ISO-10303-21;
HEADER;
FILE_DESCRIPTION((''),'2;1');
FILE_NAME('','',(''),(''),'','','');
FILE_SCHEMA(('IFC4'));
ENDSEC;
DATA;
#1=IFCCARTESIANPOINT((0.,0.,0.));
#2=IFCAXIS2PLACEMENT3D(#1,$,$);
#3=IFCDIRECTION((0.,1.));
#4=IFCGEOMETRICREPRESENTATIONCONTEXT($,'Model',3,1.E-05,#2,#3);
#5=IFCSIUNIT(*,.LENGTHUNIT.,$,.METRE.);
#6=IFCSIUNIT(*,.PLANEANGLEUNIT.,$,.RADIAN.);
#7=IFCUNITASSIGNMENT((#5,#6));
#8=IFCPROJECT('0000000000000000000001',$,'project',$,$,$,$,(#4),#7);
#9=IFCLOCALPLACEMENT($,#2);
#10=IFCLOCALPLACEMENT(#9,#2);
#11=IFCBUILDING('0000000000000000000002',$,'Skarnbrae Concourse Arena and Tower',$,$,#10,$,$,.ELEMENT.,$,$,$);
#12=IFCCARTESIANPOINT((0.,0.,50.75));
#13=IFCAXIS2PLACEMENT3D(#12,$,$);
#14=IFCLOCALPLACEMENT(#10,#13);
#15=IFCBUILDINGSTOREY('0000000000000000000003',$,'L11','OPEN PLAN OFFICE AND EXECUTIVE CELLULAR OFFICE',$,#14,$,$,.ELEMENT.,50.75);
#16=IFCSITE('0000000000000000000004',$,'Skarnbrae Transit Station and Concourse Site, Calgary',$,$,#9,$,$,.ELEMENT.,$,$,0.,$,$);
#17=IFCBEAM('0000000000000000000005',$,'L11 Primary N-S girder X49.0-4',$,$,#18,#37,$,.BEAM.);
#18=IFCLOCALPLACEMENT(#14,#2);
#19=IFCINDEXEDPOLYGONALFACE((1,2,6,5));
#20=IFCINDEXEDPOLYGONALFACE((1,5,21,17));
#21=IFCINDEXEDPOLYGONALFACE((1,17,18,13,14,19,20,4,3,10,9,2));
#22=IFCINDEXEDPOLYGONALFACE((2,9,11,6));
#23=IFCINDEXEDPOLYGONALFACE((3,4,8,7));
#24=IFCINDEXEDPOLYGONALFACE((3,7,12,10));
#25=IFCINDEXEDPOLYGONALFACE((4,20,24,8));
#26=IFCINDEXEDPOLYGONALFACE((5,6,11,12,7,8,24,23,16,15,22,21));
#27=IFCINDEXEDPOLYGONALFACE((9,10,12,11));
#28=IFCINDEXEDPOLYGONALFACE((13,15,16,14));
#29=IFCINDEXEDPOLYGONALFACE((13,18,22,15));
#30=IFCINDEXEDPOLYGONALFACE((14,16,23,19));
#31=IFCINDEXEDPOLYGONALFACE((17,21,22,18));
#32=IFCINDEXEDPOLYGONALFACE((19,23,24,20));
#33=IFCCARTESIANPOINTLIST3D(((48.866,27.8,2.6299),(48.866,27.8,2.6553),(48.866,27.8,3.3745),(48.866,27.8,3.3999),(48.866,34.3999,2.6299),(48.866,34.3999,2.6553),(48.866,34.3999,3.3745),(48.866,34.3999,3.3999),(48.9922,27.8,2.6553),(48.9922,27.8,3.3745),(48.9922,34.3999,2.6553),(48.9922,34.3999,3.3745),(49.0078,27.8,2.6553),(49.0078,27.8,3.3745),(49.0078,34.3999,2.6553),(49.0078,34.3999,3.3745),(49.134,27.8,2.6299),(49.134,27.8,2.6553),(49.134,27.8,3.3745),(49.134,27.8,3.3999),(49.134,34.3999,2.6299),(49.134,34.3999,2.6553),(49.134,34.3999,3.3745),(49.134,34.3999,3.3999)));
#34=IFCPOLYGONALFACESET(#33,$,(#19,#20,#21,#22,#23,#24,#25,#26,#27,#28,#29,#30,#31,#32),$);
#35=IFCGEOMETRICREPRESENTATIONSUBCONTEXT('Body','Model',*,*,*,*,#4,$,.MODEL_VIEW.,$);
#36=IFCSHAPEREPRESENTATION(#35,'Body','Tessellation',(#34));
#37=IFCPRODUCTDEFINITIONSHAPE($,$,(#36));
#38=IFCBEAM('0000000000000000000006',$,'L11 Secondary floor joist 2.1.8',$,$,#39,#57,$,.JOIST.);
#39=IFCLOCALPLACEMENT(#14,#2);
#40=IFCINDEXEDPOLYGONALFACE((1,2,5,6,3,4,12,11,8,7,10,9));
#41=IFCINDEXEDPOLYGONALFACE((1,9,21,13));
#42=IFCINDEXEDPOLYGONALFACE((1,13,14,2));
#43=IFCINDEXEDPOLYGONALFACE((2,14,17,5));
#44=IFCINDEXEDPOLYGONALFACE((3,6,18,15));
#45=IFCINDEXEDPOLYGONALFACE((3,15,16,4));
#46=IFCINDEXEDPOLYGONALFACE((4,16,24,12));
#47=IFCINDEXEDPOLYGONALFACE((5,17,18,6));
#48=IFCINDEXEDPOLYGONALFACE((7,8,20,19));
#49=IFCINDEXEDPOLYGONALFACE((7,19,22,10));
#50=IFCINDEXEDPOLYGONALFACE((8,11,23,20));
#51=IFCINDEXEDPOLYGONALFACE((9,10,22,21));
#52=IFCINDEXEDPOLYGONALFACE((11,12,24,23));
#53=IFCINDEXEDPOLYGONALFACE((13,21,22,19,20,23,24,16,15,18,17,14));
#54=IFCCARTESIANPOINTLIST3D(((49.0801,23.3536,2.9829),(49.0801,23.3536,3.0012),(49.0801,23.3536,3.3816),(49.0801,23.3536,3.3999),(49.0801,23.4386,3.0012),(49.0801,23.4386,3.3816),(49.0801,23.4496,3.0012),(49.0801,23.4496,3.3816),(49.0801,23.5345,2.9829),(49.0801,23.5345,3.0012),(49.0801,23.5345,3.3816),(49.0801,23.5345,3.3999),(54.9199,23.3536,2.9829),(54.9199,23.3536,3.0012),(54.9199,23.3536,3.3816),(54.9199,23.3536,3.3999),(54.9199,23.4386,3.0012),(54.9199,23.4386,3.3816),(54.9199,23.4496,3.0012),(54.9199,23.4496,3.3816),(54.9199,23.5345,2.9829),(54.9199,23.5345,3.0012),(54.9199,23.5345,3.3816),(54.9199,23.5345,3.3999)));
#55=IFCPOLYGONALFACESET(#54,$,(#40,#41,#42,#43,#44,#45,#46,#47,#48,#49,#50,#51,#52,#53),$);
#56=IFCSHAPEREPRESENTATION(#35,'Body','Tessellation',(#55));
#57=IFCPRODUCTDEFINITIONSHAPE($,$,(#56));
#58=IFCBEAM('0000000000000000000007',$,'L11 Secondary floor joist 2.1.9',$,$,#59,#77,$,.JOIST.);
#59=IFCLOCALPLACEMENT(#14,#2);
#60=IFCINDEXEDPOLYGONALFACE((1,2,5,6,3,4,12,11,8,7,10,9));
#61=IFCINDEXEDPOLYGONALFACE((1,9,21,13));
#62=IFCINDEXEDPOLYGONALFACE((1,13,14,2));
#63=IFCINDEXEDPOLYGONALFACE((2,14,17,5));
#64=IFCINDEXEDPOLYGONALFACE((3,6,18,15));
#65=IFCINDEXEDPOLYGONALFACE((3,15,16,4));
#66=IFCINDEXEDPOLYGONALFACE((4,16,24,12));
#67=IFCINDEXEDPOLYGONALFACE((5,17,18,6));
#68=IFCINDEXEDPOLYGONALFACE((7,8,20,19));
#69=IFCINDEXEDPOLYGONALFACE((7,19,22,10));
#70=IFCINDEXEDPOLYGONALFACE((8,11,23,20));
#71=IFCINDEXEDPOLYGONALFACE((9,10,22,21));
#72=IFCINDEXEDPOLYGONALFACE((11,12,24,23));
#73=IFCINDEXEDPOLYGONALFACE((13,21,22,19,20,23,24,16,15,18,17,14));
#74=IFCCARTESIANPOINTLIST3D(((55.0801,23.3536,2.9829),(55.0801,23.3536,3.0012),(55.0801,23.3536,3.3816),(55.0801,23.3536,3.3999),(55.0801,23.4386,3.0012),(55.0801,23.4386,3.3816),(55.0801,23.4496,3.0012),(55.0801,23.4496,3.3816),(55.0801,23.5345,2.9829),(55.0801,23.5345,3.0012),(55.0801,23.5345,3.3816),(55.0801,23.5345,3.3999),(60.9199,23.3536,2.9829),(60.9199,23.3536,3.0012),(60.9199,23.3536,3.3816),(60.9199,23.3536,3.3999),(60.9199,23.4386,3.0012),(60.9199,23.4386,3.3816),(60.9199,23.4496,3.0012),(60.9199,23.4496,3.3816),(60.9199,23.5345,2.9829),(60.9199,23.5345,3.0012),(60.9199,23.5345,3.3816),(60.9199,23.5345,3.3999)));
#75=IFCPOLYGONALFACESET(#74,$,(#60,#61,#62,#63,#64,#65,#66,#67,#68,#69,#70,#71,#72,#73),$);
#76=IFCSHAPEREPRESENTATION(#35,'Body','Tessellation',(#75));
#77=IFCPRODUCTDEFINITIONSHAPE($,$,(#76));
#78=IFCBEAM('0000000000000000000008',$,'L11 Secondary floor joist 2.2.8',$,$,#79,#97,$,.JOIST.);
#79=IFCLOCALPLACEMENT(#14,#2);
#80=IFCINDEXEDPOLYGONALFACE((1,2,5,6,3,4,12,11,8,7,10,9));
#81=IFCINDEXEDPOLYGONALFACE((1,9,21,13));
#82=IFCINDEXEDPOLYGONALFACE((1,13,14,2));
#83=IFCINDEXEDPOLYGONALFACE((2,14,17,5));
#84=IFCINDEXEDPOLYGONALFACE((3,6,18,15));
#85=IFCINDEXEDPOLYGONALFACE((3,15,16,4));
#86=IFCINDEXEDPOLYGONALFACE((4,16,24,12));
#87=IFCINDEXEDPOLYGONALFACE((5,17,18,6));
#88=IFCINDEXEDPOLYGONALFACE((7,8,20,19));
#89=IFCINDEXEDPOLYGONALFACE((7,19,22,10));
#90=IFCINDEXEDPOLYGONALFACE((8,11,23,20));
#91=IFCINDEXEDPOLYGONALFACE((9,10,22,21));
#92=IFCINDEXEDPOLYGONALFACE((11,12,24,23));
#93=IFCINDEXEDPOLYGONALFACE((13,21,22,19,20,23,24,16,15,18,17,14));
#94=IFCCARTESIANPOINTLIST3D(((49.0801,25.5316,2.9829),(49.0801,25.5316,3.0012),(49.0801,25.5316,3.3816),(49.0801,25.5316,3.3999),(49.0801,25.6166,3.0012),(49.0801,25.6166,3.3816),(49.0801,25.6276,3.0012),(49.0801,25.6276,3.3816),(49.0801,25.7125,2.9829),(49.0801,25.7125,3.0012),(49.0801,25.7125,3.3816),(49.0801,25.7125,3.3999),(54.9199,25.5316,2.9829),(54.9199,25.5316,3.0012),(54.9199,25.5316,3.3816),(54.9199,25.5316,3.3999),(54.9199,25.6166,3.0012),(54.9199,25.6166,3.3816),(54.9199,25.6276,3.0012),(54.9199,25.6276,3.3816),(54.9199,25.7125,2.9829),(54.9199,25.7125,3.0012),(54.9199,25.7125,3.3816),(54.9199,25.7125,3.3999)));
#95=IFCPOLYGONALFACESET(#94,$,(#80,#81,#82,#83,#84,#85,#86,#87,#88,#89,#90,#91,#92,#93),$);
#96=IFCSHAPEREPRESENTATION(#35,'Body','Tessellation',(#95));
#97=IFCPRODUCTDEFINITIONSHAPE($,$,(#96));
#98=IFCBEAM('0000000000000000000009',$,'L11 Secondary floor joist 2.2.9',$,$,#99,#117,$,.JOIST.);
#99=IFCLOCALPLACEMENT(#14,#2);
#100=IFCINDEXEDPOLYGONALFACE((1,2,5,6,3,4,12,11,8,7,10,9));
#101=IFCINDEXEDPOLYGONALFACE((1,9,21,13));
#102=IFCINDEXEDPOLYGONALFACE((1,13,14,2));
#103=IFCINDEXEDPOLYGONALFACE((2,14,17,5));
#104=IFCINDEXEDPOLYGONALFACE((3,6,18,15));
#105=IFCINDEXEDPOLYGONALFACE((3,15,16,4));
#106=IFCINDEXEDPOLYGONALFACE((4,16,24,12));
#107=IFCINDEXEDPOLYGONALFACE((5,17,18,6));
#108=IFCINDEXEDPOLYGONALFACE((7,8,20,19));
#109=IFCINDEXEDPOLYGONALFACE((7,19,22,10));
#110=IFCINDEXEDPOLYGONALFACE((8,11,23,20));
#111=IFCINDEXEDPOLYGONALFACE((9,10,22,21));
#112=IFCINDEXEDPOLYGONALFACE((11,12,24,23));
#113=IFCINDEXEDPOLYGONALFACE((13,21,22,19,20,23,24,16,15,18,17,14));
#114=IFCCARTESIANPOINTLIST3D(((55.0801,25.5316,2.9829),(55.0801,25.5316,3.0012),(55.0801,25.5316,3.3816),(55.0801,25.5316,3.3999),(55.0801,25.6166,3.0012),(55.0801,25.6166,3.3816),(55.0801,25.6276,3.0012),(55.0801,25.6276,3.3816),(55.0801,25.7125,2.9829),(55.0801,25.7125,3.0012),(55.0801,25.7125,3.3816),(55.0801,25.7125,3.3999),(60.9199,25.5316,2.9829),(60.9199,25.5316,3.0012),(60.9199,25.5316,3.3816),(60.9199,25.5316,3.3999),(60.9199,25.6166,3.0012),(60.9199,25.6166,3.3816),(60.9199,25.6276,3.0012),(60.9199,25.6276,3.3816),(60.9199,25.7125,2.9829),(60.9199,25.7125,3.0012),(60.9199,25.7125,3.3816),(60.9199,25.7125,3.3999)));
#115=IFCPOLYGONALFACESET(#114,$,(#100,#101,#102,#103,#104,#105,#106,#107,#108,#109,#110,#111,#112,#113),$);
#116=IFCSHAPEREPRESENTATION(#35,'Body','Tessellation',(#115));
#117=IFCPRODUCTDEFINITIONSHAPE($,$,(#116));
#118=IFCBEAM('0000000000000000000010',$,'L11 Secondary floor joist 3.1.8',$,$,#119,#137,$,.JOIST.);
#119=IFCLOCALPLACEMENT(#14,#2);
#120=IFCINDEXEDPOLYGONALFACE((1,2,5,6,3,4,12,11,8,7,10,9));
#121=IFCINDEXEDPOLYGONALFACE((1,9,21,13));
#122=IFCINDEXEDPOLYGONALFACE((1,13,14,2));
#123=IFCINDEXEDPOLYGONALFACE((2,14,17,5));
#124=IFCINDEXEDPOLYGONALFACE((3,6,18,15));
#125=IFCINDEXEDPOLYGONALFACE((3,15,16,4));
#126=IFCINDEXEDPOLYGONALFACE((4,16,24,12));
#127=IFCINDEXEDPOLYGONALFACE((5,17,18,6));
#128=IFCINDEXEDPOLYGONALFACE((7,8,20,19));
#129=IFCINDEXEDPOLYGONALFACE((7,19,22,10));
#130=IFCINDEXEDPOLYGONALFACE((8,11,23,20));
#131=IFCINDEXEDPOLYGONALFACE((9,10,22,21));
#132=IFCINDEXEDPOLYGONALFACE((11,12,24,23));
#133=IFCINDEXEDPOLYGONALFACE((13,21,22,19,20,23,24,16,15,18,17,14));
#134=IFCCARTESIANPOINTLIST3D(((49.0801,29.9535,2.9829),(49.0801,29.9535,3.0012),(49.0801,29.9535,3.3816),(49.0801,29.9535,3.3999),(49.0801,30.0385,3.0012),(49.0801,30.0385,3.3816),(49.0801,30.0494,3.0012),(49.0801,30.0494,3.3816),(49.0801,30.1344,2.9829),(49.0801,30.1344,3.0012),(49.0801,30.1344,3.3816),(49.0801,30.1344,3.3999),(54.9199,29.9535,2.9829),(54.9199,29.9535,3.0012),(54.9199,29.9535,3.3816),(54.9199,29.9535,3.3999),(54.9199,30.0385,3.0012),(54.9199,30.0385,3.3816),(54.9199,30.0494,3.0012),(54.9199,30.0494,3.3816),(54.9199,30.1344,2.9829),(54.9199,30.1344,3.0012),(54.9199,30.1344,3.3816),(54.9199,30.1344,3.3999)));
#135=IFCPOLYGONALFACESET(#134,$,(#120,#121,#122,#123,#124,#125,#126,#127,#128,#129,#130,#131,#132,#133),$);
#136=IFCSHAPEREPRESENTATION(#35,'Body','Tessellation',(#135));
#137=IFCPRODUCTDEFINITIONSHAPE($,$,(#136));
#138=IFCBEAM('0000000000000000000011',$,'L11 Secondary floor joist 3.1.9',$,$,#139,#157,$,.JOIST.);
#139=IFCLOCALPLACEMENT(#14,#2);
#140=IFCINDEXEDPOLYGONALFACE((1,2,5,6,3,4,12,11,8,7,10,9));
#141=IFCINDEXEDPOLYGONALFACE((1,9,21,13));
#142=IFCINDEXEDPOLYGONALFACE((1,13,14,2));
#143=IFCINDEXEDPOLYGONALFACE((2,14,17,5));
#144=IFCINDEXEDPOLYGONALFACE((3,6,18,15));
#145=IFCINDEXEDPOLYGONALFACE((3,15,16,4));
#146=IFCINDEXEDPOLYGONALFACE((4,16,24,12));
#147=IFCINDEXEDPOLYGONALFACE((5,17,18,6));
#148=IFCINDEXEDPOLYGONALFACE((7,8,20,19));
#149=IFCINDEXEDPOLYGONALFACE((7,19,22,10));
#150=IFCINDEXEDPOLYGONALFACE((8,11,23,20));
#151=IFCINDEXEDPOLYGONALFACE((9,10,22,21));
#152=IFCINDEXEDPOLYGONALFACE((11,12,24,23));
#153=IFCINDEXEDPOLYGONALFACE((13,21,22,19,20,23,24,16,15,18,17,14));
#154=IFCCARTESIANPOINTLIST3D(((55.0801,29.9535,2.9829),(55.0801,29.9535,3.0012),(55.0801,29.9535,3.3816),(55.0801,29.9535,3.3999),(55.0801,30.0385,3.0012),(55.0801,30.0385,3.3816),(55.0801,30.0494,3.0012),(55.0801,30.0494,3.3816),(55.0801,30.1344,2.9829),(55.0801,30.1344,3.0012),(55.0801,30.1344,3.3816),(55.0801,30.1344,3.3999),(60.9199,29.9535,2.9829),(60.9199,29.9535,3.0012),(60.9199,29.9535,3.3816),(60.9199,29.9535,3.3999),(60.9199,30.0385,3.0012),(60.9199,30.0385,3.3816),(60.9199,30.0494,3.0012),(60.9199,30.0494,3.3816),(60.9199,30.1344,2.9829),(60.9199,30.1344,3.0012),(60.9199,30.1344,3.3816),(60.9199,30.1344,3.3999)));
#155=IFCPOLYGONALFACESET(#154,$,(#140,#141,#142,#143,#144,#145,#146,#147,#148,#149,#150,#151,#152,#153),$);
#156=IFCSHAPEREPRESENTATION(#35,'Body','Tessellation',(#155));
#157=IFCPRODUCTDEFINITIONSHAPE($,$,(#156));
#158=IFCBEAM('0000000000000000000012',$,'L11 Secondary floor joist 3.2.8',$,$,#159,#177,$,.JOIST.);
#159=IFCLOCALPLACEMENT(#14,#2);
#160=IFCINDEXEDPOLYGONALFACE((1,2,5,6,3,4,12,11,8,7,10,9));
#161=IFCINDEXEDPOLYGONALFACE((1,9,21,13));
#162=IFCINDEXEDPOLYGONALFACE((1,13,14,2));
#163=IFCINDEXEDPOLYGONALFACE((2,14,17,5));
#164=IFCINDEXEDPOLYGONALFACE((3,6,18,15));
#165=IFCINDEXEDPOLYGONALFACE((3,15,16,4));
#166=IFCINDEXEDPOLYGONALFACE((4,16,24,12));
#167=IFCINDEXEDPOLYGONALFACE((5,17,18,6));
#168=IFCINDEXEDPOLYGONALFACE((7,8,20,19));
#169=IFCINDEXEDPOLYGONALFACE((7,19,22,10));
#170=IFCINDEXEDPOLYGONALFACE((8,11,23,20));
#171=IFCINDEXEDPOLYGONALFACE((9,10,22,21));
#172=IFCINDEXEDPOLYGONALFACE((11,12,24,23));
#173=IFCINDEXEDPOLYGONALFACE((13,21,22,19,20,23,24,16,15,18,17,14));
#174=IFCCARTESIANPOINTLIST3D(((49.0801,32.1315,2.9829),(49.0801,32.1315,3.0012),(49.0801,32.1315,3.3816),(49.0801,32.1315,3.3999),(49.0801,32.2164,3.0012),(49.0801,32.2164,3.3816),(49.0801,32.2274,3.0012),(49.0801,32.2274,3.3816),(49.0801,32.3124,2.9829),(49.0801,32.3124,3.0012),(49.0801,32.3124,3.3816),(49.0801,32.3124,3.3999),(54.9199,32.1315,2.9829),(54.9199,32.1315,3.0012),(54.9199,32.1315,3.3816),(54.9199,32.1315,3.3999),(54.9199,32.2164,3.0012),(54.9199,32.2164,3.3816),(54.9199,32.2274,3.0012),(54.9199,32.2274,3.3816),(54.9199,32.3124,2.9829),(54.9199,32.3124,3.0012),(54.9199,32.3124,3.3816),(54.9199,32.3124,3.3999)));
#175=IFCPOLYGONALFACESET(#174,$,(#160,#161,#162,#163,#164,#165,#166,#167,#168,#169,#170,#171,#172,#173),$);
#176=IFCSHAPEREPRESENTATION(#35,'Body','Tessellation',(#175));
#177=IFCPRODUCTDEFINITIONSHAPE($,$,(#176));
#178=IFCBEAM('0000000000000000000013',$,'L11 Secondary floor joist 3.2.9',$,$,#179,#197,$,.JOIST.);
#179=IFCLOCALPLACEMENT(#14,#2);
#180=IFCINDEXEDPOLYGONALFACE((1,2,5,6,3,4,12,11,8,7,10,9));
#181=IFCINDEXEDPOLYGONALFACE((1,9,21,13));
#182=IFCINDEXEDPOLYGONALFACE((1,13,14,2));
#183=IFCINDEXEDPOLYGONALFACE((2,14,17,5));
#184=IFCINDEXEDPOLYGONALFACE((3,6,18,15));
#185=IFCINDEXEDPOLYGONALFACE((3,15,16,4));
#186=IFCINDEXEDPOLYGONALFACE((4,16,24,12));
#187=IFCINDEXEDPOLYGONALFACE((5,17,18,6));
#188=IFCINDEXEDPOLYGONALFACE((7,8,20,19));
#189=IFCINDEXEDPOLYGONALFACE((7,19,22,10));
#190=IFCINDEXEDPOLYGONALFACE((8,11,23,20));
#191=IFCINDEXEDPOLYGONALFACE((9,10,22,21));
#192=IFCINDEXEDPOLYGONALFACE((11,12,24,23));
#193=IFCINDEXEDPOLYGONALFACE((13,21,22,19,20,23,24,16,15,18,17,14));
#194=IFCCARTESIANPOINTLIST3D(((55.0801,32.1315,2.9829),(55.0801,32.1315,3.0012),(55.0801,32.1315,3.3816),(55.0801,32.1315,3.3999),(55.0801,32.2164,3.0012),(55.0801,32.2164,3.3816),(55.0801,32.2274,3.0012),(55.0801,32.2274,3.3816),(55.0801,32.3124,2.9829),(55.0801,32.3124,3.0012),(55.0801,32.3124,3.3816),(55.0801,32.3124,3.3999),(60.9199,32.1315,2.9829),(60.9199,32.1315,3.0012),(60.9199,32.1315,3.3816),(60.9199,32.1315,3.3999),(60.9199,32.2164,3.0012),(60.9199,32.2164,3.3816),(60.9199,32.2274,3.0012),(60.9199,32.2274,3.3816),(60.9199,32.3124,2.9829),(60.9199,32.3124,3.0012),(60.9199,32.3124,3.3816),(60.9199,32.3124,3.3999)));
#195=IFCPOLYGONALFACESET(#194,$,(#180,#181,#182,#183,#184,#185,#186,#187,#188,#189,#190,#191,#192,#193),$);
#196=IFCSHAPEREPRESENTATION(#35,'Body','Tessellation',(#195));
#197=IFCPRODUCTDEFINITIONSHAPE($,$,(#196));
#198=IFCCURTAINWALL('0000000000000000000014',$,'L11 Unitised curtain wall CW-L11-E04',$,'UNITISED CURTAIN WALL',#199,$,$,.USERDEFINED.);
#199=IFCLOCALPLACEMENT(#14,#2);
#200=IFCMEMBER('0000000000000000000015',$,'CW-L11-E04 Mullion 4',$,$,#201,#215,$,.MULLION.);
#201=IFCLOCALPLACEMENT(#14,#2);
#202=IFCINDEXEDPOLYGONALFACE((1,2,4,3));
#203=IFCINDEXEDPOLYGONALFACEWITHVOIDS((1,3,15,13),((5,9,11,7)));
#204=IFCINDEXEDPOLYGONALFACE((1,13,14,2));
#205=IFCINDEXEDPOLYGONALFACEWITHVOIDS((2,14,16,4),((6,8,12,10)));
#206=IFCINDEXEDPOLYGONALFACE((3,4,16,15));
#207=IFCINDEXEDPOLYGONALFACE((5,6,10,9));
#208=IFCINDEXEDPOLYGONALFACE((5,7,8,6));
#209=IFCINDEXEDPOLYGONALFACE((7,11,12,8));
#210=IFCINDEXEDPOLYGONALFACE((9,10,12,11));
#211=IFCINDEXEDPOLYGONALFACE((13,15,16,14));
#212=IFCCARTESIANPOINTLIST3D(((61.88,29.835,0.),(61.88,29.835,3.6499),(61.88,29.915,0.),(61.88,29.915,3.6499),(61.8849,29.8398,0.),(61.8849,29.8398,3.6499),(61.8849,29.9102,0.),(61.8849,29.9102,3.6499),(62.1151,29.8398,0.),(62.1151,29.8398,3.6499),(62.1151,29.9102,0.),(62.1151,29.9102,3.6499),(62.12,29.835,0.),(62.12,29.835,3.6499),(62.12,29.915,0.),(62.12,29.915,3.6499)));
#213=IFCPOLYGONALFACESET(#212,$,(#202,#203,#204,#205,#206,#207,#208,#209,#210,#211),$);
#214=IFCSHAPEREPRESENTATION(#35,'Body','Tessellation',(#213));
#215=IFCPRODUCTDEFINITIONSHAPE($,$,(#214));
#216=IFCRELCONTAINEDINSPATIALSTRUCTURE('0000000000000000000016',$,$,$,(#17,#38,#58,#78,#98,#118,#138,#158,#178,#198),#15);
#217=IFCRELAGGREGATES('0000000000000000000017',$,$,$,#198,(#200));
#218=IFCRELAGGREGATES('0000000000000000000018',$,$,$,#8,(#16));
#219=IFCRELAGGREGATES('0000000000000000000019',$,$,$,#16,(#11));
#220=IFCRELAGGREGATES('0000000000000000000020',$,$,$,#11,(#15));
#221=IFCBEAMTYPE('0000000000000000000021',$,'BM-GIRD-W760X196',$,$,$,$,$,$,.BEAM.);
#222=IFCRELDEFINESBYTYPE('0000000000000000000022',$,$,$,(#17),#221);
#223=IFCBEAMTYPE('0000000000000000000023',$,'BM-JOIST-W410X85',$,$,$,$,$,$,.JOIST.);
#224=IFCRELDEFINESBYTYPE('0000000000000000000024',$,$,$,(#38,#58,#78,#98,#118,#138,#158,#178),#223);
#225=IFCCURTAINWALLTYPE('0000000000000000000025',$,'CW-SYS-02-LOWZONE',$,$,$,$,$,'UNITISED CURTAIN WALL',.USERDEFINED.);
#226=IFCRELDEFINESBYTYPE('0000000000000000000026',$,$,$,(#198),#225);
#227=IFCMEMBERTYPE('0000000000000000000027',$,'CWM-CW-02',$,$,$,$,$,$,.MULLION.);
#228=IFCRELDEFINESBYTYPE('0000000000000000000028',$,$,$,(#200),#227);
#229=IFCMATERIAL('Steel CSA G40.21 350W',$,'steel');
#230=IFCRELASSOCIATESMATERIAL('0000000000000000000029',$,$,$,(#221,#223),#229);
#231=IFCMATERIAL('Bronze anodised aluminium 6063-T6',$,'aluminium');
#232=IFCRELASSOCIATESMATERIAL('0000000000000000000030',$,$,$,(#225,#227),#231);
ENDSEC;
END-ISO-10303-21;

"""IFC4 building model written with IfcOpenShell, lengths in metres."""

from ifc_helpers import new_model, si_unit, direction, frame, origin, origin_2d, place, context, subcontext, project, spatial, hollow_rectangle, i_section, extrude, source, transform, mapped, material, material_profile, profile_set, type_object, element, aggregate, save


model = new_model("IFC4")

# Units and contexts
model_context = context("Model", 3, precision=1e-05, world=origin(), true_north=direction((0.0, 1.0)))
body_context = subcontext(model_context, "Body", "Model", "MODEL_VIEW")
ifc_project = project(units=[si_unit("LENGTHUNIT", "METRE"), si_unit("PLANEANGLEUNIT", "RADIAN")], contexts=[model_context])

# Site, building, storey
site_placement = place(None, origin())
site = spatial("IfcSite", under=ifc_project, at=site_placement, Name="Skarnbrae Transit Station and Concourse Site, Calgary", CompositionType="ELEMENT", RefElevation=0.0)
building_placement = place(site_placement, origin())
building = spatial("IfcBuilding", under=site, at=building_placement, Name="Skarnbrae Concourse Arena and Tower", CompositionType="ELEMENT")
storey_placement = place(building_placement, frame((0.0, 0.0, 50.75)))
storey = spatial("IfcBuildingStorey", under=building, at=storey_placement, Name="L11", Description="OPEN PLAN OFFICE AND EXECUTIVE CELLULAR OFFICE", CompositionType="ELEMENT", Elevation=50.75)

# Shared definitions
ifc_material_1 = material(Name="Steel CSA G40.21 350W", Category="steel")

# Beams
ifc_material_profile_1 = material_profile(ifc_material_1, i_section(OverallWidth=0.2681, OverallDepth=0.77, WebThickness=0.0156, FlangeThickness=0.0254, at=origin_2d()), Name="W760X196")
ifc_profile_set_1 = profile_set([ifc_material_profile_1], Name="Steel CSA G40.21 350W")
beam_type_1 = type_object("IfcBeamType", Name="BM-GIRD-W760X196", PredefinedType="BEAM", material=ifc_profile_set_1)
shared_shape_1 = source(origin(), body_context, "Body", "SweptSolid", [
    extrude(i_section(OverallWidth=0.2681, OverallDepth=0.77, WebThickness=0.0156, FlangeThickness=0.0254, at=origin_2d()), origin(), (0.0, 0.0, 1.0), 6.5999),
])
beam_1_placement = place(storey_placement, frame((49.0, 27.8, 3.0149), z_axis=(0.0, 1.0, 0.0), x_axis=(-1.0, 0.0, 0.0)))
element("IfcBeam", 1, at=beam_1_placement, inside=storey, type_object=beam_type_1, Name="L11 Primary N-S girder X49.0-4", PredefinedType="BEAM", context=body_context, shape_type="MappedRepresentation", body=[
    mapped(shared_shape_1, transform((0.0, 0.0, 0.0))),
])
ifc_material_profile_2 = material_profile(ifc_material_1, i_section(OverallWidth=0.1809, OverallDepth=0.417, WebThickness=0.011, FlangeThickness=0.0183, at=origin_2d()), Name="W410X85")
ifc_profile_set_2 = profile_set([ifc_material_profile_2], Name="Steel CSA G40.21 350W")
beam_type_2 = type_object("IfcBeamType", Name="BM-JOIST-W410X85", PredefinedType="JOIST", material=ifc_profile_set_2)
shared_shape_2 = source(origin(), body_context, "Body", "SweptSolid", [
    extrude(i_section(OverallWidth=0.1809, OverallDepth=0.417, WebThickness=0.011, FlangeThickness=0.0183, at=origin_2d()), origin(), (0.0, 0.0, 1.0), 5.8398),
])
for number, where, z_axis, x_axis, name in (
    (2, (49.0801, 23.4441, 3.1914), (1.0, 0.0, 0.0), (0.0, 1.0, 0.0), "L11 Secondary floor joist 2.1.8"),
    (3, (55.0801, 23.4441, 3.1914), (1.0, 0.0, 0.0), (0.0, 1.0, 0.0), "L11 Secondary floor joist 2.1.9"),
    (4, (49.0801, 25.6221, 3.1914), (1.0, 0.0, 0.0), (0.0, 1.0, 0.0), "L11 Secondary floor joist 2.2.8"),
    (5, (55.0801, 25.6221, 3.1914), (1.0, 0.0, 0.0), (0.0, 1.0, 0.0), "L11 Secondary floor joist 2.2.9"),
    (6, (49.0801, 30.0439, 3.1914), (1.0, 0.0, 0.0), (0.0, 1.0, 0.0), "L11 Secondary floor joist 3.1.8"),
    (7, (55.0801, 30.0439, 3.1914), (1.0, 0.0, 0.0), (0.0, 1.0, 0.0), "L11 Secondary floor joist 3.1.9"),
    (8, (49.0801, 32.2219, 3.1914), (1.0, 0.0, 0.0), (0.0, 1.0, 0.0), "L11 Secondary floor joist 3.2.8"),
    (9, (55.0801, 32.2219, 3.1914), (1.0, 0.0, 0.0), (0.0, 1.0, 0.0), "L11 Secondary floor joist 3.2.9"),
):
    element("IfcBeam", number, at=place(storey_placement, frame(where, z_axis=z_axis, x_axis=x_axis)), inside=storey, type_object=beam_type_2, Name=name, PredefinedType="JOIST", context=body_context, shape_type="MappedRepresentation", body=[
        mapped(shared_shape_2, transform((0.0, 0.0, 0.0))),
    ])

# Curtain wall, member
ifc_material_2 = material(Name="Bronze anodised aluminium 6063-T6", Category="aluminium")
curtain_wall_type = type_object("IfcCurtainWallType", Name="CW-SYS-02-LOWZONE", ElementType="UNITISED CURTAIN WALL", PredefinedType="USERDEFINED", material=ifc_material_2)
curtain_wall_placement = place(storey_placement, origin())
curtain_wall = element("IfcCurtainWall", 10, at=curtain_wall_placement, inside=storey, type_object=curtain_wall_type, Name="L11 Unitised curtain wall CW-L11-E04", ObjectType="UNITISED CURTAIN WALL", PredefinedType="USERDEFINED")
ifc_material_profile_3 = material_profile(ifc_material_2, hollow_rectangle(XDim=0.0801, YDim=0.24, WallThickness=0.0049, at=origin_2d()), Name="ALU-MULL-80X240")
ifc_profile_set_3 = profile_set([ifc_material_profile_3], Name="Bronze anodised aluminium 6063-T6")
member_type_1 = type_object("IfcMemberType", Name="CWM-CW-02", PredefinedType="MULLION", material=ifc_profile_set_3)
shared_shape_3 = source(origin(), body_context, "Body", "SweptSolid", [
    extrude(hollow_rectangle(XDim=0.0801, YDim=0.24, WallThickness=0.0049, at=origin_2d()), origin(), (0.0, 0.0, 1.0), 3.6499),
])
member_1_placement = place(storey_placement, frame((62.0, 29.875, 0.0), z_axis=(0.0, 0.0, 1.0), x_axis=(0.0, 1.0, 0.0)))
member_1 = element("IfcMember", 11, at=member_1_placement, type_object=member_type_1, Name="CW-L11-E04 Mullion 4", PredefinedType="MULLION", context=body_context, shape_type="MappedRepresentation", body=[
    mapped(shared_shape_3, transform((0.0, 0.0, 0.0))),
])
aggregate(curtain_wall, [member_1])

save(model, "model.ifc")
